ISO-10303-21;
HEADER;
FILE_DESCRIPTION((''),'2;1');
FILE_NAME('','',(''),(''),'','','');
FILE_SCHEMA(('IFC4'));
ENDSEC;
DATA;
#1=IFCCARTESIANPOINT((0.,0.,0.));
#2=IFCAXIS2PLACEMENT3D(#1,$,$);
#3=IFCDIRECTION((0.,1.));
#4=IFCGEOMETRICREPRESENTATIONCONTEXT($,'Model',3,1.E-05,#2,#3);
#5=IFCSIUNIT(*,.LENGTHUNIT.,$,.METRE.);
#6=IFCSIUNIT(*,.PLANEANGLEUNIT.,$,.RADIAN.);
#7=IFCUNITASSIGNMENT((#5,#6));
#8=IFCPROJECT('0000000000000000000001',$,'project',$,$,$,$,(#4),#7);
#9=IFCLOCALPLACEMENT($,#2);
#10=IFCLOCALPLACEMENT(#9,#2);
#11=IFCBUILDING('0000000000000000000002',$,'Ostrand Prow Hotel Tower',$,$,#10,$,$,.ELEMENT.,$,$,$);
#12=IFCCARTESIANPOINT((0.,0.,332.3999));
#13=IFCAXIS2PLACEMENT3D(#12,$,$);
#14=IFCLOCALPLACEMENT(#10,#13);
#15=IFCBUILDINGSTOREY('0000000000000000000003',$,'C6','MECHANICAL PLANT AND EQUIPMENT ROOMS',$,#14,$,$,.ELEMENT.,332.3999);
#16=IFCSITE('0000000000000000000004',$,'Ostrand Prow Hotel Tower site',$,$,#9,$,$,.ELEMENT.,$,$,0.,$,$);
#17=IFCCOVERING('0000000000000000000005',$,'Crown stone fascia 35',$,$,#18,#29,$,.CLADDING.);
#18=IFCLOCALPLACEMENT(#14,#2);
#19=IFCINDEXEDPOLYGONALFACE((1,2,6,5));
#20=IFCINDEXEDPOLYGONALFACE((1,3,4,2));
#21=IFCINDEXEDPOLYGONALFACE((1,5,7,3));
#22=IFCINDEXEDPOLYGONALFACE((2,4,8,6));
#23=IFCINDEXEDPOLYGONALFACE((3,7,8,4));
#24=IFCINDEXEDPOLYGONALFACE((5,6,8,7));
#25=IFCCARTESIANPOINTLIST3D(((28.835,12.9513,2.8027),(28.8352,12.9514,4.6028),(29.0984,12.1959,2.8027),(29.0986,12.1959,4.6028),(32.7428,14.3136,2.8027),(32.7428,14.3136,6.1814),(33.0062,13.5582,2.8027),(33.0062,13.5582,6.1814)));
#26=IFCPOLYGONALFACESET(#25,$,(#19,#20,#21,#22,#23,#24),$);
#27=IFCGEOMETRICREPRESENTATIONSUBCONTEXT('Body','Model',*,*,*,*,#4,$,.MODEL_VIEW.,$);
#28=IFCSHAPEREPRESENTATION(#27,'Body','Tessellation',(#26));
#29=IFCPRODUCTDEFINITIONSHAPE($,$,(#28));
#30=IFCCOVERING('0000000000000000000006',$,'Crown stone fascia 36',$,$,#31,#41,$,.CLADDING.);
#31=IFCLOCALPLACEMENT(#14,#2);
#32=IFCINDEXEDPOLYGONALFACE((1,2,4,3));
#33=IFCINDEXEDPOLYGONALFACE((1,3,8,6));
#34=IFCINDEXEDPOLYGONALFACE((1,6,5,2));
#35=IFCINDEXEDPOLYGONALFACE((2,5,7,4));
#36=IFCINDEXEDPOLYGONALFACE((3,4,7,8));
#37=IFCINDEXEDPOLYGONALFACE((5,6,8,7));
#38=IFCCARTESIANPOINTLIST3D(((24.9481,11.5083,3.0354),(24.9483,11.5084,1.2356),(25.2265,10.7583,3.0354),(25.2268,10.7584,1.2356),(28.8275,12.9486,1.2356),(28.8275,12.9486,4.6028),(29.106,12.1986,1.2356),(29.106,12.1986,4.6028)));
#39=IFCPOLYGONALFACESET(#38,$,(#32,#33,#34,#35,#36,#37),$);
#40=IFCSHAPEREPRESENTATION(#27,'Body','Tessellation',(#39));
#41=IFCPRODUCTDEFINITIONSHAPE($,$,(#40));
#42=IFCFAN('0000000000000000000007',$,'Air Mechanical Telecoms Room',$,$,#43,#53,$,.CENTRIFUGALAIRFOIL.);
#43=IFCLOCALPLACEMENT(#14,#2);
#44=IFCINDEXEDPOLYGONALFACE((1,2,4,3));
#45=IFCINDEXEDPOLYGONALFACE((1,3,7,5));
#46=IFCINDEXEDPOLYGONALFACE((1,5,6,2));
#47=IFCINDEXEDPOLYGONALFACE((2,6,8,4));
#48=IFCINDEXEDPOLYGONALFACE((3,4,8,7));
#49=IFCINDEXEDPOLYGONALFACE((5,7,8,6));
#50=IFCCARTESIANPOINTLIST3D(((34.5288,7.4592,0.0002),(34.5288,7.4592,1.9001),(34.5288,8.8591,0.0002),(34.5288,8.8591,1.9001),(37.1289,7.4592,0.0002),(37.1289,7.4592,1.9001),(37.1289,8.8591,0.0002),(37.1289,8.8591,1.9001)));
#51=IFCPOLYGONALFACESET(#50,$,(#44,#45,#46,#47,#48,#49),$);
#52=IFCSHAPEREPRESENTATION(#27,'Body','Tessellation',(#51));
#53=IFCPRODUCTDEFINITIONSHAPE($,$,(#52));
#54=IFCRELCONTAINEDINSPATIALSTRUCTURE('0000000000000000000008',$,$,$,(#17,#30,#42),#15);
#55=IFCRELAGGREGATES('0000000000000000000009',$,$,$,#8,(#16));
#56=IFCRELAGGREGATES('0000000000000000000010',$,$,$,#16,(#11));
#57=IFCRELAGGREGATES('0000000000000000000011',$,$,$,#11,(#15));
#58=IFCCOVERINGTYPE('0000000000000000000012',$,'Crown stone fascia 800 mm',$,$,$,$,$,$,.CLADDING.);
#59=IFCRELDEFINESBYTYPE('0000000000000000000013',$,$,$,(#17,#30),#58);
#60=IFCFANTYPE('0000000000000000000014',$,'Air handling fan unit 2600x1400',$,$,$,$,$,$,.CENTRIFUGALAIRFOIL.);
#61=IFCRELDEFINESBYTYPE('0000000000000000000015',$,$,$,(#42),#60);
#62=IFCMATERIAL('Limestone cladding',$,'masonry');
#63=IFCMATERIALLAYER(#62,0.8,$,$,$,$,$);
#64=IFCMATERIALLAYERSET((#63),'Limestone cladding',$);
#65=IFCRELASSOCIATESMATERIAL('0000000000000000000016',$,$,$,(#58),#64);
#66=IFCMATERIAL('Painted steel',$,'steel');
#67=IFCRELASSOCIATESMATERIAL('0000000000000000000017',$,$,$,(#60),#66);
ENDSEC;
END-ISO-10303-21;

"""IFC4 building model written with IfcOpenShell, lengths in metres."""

from ifc_helpers import new_model, si_unit, direction, frame, origin, origin_2d, place, context, subcontext, project, spatial, polyline, rectangle, outline, extrude, material, layer, layer_set, type_object, element, save


model = new_model("IFC4")

# Units and contexts
model_context = context("Model", 3, precision=1e-05, world=origin(), true_north=direction((0.0, 1.0)))
body_context = subcontext(model_context, "Body", "Model", "MODEL_VIEW")
ifc_project = project(units=[si_unit("LENGTHUNIT", "METRE"), si_unit("PLANEANGLEUNIT", "RADIAN")], contexts=[model_context])

# Site, building, storey
site_placement = place(None, origin())
site = spatial("IfcSite", under=ifc_project, at=site_placement, Name="Ostrand Prow Hotel Tower site", CompositionType="ELEMENT", RefElevation=0.0)
building_placement = place(site_placement, origin())
building = spatial("IfcBuilding", under=site, at=building_placement, Name="Ostrand Prow Hotel Tower", CompositionType="ELEMENT")
storey_placement = place(building_placement, frame((0.0, 0.0, 332.3999)))
storey = spatial("IfcBuildingStorey", under=building, at=storey_placement, Name="C6", Description="MECHANICAL PLANT AND EQUIPMENT ROOMS", CompositionType="ELEMENT", Elevation=332.3999)

# Coverings
ifc_material_1 = material(Name="Limestone cladding", Category="masonry")
ifc_layer_1 = layer(ifc_material_1, 0.8)
ifc_layer_set_1 = layer_set([ifc_layer_1], Name="Limestone cladding")
covering_type_1 = type_object("IfcCoveringType", Name="Crown stone fascia 800 mm", PredefinedType="CLADDING", material=ifc_layer_set_1)
covering_1_placement = place(storey_placement, frame((32.8745, 13.9358, 2.8027), z_axis=(0.0, 0.0, 1.0), x_axis=(-0.944264, -0.329189, 0.0)))
element("IfcCovering", 1, at=covering_1_placement, inside=storey, type_object=covering_type_1, Name="Crown stone fascia 35", PredefinedType="CLADDING", context=body_context, shape_type="SweptSolid", body=[
    extrude(outline(polyline([(0.0, 0.0), (4.1384, 0.0), (4.1382, 1.8), (0.0, 3.3787), (0.0, 0.0)])), frame((0.0, 0.3999, 0.0), z_axis=(0.0, -1.0, 0.0), x_axis=(1.0, 0.0, 0.0)), (0.0, 0.0, 1.0), 0.8),
])
covering_2_placement = place(storey_placement, frame((28.9668, 12.5735, 1.2356), z_axis=(0.0, 0.0, 1.0), x_axis=(-0.937476, -0.34805, 0.0)))
element("IfcCovering", 2, at=covering_2_placement, inside=storey, type_object=covering_type_1, Name="Crown stone fascia 36", PredefinedType="CLADDING", context=body_context, shape_type="SweptSolid", body=[
    extrude(outline(polyline([(0.0, 0.0), (4.1379, 0.0), (4.1382, 1.7998), (0.0, 3.3672), (0.0, 0.0)])), frame((0.0, 0.3999, 0.0), z_axis=(0.0, -1.0, 0.0), x_axis=(1.0, 0.0, 0.0)), (0.0, 0.0, 1.0), 0.8),
])

# Fan
ifc_material_2 = material(Name="Painted steel", Category="steel")
fan_type = type_object("IfcFanType", Name="Air handling fan unit 2600x1400", PredefinedType="CENTRIFUGALAIRFOIL", material=ifc_material_2)
fan_placement = place(storey_placement, frame((35.8289, 8.1592, 0.0002), z_axis=(0.0, 0.0, 1.0), x_axis=(1.0, 0.0, 0.0)))
element("IfcFan", 3, at=fan_placement, inside=storey, type_object=fan_type, Name="Air Mechanical Telecoms Room", PredefinedType="CENTRIFUGALAIRFOIL", context=body_context, shape_type="SweptSolid", body=[
    extrude(rectangle(XDim=2.6001, YDim=1.3999, at=origin_2d()), origin(), (0.0, 0.0, 1.0), 1.8999),
])

save(model, "model.ifc")
